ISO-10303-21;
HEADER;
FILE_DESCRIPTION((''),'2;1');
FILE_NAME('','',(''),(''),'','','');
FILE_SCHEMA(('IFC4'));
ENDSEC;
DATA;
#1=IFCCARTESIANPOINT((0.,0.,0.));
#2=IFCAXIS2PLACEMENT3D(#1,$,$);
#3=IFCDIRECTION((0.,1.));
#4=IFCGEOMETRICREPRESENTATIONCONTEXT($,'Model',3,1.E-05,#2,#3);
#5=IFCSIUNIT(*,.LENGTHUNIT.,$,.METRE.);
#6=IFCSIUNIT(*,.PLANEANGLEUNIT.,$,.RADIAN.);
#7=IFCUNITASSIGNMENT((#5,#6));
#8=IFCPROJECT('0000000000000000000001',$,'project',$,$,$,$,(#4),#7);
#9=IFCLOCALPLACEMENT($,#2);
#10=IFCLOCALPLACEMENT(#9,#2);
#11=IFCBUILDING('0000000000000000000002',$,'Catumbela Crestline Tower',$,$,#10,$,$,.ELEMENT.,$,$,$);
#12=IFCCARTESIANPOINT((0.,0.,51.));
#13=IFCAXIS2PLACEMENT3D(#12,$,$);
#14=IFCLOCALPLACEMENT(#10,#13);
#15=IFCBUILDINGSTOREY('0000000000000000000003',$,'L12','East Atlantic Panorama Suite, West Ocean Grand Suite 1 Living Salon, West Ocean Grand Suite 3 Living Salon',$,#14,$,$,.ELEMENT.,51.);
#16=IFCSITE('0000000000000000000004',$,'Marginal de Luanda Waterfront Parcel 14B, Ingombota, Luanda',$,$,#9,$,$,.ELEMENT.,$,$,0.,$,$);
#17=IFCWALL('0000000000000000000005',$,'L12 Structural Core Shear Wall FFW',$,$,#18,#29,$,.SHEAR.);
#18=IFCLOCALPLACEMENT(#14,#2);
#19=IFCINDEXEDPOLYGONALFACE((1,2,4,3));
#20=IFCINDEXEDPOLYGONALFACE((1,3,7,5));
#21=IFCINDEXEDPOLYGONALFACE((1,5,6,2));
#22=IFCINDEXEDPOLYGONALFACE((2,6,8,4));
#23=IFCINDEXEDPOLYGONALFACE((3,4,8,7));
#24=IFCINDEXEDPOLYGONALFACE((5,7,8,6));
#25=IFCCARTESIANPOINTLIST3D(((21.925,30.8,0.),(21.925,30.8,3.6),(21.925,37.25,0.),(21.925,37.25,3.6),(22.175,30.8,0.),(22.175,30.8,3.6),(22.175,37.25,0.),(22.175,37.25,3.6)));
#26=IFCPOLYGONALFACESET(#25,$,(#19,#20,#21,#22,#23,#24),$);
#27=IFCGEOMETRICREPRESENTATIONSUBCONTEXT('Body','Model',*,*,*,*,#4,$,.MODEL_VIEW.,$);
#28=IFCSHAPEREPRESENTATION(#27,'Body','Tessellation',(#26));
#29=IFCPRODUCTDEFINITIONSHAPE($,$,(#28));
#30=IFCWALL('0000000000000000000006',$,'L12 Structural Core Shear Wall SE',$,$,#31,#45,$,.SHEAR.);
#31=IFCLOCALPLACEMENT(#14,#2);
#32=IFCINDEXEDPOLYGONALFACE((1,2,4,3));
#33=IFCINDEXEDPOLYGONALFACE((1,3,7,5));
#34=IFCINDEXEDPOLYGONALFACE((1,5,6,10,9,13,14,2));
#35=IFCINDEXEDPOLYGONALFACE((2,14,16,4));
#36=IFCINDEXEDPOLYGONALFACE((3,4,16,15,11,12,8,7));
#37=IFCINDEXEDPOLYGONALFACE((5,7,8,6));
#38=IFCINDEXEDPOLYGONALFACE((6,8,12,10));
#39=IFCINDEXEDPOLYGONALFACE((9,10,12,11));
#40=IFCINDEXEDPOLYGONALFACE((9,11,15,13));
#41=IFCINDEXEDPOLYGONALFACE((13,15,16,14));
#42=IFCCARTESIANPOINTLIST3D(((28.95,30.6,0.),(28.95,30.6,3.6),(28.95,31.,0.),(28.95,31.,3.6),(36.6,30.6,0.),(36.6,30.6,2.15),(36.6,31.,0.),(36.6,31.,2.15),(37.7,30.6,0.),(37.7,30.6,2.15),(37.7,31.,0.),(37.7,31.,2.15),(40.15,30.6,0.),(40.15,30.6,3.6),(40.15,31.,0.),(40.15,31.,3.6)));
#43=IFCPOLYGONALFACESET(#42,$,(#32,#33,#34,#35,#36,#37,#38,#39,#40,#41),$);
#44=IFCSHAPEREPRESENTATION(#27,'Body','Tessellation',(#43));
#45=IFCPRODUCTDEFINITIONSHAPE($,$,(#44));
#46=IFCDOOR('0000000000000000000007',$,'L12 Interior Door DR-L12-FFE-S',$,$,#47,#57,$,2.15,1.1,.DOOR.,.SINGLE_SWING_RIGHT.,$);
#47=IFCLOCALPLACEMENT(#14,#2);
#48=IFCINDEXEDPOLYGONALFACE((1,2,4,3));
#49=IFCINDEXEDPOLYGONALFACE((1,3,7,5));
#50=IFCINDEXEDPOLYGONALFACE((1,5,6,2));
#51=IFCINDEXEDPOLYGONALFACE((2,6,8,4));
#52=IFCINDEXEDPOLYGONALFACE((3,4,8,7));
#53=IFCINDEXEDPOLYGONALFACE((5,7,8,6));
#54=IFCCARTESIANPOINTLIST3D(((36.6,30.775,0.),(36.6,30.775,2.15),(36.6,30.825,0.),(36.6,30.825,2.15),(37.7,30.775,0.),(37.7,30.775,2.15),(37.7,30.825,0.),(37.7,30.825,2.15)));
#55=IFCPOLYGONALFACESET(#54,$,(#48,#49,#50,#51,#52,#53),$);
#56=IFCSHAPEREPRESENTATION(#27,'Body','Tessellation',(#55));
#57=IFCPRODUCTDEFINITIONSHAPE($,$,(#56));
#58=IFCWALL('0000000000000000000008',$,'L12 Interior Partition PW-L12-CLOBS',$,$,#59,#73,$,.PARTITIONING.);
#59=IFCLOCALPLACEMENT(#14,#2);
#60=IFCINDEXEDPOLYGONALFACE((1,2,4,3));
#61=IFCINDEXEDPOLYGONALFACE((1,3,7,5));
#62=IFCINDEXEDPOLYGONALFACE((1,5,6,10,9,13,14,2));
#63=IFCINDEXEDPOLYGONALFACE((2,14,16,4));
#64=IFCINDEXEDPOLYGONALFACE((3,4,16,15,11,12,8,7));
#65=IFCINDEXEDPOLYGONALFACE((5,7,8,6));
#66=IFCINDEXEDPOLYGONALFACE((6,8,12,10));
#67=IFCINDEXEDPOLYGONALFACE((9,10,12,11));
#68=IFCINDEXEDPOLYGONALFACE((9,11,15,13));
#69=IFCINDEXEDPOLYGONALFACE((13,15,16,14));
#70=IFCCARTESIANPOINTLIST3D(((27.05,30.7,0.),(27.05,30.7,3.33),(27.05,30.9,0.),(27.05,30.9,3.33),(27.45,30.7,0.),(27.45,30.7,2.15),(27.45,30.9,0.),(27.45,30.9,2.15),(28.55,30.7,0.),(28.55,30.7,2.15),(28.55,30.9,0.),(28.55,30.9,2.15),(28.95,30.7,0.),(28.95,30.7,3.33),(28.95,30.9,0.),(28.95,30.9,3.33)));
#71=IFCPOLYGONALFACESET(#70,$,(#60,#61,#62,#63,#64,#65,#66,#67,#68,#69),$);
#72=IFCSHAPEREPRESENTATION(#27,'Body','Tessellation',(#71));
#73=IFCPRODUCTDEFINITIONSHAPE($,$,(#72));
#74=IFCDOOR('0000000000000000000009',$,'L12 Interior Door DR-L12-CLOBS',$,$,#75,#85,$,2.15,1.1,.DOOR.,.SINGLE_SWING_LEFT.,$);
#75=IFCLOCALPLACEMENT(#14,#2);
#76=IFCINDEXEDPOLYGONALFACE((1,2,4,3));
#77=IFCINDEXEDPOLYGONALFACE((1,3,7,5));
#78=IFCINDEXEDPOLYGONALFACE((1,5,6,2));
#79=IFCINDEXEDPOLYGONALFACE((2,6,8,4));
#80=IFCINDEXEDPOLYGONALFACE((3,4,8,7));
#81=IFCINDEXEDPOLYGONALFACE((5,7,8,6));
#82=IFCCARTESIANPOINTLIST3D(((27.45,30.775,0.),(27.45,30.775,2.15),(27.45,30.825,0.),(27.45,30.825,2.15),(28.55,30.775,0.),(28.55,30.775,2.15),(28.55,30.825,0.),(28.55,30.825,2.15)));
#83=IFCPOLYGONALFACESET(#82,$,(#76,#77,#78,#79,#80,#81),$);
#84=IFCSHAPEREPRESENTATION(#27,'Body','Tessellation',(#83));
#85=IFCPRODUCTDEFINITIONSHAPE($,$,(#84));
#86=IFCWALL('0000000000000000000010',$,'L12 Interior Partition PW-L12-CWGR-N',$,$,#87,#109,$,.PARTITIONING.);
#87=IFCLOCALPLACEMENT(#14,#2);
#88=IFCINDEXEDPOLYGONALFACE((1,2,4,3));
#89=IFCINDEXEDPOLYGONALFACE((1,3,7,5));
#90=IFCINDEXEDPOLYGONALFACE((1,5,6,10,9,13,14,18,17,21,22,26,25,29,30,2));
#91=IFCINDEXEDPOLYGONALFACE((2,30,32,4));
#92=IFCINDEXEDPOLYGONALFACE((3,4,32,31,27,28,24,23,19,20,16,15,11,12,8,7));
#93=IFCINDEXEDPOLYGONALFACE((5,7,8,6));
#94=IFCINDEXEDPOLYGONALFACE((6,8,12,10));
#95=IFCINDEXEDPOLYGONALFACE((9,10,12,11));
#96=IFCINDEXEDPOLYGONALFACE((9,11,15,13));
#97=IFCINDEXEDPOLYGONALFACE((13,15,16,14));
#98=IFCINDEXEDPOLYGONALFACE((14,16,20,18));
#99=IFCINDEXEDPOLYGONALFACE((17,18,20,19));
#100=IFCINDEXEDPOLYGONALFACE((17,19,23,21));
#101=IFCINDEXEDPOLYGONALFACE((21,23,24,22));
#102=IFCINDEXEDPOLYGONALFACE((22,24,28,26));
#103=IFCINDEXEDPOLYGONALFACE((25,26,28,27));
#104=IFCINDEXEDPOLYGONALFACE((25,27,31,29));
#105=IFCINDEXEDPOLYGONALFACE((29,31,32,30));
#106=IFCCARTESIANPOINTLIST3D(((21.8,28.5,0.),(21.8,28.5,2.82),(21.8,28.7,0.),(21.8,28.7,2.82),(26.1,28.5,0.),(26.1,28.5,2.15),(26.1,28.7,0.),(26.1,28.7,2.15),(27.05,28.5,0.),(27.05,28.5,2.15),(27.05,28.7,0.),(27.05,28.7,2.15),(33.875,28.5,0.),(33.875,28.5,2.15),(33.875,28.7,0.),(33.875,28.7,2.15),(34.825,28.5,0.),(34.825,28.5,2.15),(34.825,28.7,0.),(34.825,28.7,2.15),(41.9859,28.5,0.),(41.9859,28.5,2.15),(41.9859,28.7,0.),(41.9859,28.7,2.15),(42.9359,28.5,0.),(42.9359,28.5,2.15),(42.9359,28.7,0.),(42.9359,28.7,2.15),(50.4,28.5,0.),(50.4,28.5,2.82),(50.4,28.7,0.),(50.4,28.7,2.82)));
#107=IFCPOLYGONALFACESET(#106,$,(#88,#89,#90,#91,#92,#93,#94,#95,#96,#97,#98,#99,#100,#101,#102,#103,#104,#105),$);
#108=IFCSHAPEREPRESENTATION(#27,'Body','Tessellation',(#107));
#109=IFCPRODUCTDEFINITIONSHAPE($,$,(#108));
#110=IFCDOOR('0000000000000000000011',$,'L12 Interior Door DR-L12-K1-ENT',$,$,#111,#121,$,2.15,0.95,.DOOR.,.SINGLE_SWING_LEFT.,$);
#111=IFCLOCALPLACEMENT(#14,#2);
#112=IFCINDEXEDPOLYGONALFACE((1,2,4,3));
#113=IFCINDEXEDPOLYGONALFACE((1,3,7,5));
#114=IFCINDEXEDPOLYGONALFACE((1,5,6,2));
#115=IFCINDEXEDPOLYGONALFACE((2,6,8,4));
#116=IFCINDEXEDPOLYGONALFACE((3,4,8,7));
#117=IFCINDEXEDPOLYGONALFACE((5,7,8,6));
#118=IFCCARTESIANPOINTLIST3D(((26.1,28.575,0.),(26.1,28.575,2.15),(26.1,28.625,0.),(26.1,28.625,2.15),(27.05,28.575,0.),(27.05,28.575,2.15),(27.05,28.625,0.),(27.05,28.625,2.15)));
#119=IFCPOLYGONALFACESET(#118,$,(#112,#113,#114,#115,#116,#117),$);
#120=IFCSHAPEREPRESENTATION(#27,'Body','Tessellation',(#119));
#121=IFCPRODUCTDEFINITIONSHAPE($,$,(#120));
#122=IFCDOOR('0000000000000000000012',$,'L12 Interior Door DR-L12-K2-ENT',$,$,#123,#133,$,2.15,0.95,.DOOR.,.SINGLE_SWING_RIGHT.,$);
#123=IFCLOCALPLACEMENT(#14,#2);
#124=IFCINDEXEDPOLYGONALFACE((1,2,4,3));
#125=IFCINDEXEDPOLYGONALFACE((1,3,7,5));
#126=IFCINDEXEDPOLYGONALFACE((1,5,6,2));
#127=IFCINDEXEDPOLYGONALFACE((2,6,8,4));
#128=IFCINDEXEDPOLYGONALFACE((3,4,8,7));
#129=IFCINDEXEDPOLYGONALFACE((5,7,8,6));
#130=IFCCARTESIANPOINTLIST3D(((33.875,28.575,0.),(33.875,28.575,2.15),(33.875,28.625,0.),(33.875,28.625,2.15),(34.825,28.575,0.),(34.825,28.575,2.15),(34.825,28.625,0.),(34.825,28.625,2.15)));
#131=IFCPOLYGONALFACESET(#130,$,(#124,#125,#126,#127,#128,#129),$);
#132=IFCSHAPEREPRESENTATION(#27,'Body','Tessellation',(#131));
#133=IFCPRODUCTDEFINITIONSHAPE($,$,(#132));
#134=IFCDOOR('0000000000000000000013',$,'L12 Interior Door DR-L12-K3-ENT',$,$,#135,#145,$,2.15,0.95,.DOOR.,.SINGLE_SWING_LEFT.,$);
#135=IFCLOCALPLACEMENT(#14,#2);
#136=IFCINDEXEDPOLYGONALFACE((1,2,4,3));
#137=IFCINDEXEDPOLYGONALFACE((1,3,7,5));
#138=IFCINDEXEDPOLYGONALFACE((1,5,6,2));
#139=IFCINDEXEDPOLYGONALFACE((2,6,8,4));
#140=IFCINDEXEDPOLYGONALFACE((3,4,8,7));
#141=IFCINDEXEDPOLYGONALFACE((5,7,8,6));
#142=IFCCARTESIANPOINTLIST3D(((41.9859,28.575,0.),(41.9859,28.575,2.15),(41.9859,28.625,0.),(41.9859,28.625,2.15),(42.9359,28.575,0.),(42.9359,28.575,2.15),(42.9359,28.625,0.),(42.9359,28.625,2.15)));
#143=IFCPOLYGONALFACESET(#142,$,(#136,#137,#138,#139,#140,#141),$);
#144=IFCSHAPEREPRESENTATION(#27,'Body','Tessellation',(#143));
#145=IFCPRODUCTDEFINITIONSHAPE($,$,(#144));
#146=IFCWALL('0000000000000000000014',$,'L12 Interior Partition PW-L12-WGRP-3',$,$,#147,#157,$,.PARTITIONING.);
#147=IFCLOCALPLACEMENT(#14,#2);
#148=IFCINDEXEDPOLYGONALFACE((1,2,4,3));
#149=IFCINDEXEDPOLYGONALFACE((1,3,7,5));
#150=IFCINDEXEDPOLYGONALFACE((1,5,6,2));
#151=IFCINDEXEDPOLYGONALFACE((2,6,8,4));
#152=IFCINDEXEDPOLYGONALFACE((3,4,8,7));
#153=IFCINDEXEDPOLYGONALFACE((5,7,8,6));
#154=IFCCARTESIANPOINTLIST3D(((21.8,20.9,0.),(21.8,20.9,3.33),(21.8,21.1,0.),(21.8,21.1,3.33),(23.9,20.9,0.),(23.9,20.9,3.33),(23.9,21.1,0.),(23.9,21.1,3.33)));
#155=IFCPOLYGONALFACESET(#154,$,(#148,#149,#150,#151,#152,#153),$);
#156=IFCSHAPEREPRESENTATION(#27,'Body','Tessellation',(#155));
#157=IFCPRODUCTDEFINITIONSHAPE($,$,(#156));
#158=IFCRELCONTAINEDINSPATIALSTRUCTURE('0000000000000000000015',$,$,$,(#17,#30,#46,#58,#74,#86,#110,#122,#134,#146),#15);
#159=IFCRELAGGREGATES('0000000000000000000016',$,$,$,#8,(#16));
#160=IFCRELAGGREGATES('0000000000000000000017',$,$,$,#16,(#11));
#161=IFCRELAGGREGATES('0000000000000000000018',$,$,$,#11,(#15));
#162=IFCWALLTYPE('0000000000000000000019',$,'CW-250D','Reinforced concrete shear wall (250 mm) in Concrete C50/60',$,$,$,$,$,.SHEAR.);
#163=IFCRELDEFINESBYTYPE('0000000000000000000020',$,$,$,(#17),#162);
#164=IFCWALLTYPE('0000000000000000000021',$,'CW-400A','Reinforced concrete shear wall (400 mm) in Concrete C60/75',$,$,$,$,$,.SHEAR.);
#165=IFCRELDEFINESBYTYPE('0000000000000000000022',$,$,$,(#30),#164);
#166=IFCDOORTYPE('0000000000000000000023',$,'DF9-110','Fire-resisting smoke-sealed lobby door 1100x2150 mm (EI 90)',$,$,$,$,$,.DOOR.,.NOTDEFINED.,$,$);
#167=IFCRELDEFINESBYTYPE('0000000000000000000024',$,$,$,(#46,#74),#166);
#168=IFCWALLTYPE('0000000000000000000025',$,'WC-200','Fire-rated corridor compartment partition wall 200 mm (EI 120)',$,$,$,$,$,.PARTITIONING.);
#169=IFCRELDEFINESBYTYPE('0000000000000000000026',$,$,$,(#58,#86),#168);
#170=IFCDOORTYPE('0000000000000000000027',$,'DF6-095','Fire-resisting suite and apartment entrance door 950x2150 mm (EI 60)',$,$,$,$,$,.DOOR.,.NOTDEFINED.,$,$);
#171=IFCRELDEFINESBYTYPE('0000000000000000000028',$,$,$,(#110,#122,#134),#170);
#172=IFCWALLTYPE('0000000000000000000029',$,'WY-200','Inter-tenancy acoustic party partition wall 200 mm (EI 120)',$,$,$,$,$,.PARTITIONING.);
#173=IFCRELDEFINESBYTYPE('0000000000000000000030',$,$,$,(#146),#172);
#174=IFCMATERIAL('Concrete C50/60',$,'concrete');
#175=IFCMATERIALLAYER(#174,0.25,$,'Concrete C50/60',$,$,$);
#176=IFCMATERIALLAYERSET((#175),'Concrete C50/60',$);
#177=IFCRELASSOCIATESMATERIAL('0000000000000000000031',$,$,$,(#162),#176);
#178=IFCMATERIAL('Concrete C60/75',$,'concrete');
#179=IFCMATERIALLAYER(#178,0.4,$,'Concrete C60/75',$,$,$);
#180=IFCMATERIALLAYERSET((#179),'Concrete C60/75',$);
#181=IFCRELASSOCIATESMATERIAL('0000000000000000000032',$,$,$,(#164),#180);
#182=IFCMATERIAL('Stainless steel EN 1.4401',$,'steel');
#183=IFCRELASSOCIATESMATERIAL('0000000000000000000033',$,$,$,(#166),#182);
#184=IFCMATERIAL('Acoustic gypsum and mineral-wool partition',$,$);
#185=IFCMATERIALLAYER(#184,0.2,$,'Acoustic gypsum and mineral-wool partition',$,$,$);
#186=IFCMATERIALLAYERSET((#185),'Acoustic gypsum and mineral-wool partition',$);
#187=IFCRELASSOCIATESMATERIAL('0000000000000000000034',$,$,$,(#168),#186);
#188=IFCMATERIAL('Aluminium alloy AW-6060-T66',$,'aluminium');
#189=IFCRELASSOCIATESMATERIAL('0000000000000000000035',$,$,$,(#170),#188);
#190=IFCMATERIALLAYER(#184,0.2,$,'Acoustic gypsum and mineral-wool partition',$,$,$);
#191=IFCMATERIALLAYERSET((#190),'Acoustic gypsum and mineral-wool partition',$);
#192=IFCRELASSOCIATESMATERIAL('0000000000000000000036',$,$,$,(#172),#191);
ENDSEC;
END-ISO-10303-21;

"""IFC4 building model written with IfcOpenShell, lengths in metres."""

from ifc_helpers import new_model, si_unit, direction, frame, frame_2d, origin, place, context, subcontext, project, spatial, rectangle, extrude, material, layer, layer_set, type_object, element, fill, save


model = new_model("IFC4")

# Units and contexts
model_context = context("Model", 3, precision=1e-05, world=origin(), true_north=direction((0.0, 1.0)))
body_context = subcontext(model_context, "Body", "Model", "MODEL_VIEW")
ifc_project = project(units=[si_unit("LENGTHUNIT", "METRE"), si_unit("PLANEANGLEUNIT", "RADIAN")], contexts=[model_context])

# Site, building, storey
site_placement = place(None, origin())
site = spatial("IfcSite", under=ifc_project, at=site_placement, Name="Marginal de Luanda Waterfront Parcel 14B, Ingombota, Luanda", CompositionType="ELEMENT", RefElevation=0.0)
building_placement = place(site_placement, origin())
building = spatial("IfcBuilding", under=site, at=building_placement, Name="Catumbela Crestline Tower", CompositionType="ELEMENT")
storey_placement = place(building_placement, frame((0.0, 0.0, 51.0)))
storey = spatial("IfcBuildingStorey", under=building, at=storey_placement, Name="L12", Description="East Atlantic Panorama Suite, West Ocean Grand Suite 1 Living Salon, West Ocean Grand Suite 3 Living Salon", CompositionType="ELEMENT", Elevation=51.0)

# Shared definitions
ifc_material_1 = material(Name="Concrete C60/75", Category="concrete")

# Shared definitions
ifc_material_2 = material(Name="Aluminium alloy AW-6060-T66", Category="aluminium")

# Wall
ifc_material_3 = material(Name="Concrete C50/60", Category="concrete")
ifc_layer_1 = layer(ifc_material_3, 0.25, Name="Concrete C50/60")
ifc_layer_set_1 = layer_set([ifc_layer_1], Name="Concrete C50/60")
wall_type_1 = type_object("IfcWallType", Name="CW-250D", Description="Reinforced concrete shear wall (250 mm) in Concrete C50/60", PredefinedType="SHEAR", material=ifc_layer_set_1)
wall_1_placement = place(storey_placement, frame((22.05, 30.8, 0.0), z_axis=(0.0, 0.0, 1.0), x_axis=(0.0, 1.0, 0.0)))
element("IfcWall", 1, at=wall_1_placement, inside=storey, type_object=wall_type_1, Name="L12 Structural Core Shear Wall FFW", PredefinedType="SHEAR", context=body_context, shape_type="SweptSolid", body=[
    extrude(rectangle(XDim=6.45, YDim=0.25, at=frame_2d((3.225, 0.0))), origin(), (0.0, 0.0, 1.0), 3.6),
])

# Walls, openings, doors
ifc_layer_2 = layer(ifc_material_1, 0.4, Name="Concrete C60/75")
ifc_layer_set_2 = layer_set([ifc_layer_2], Name="Concrete C60/75")
wall_type_2 = type_object("IfcWallType", Name="CW-400A", Description="Reinforced concrete shear wall (400 mm) in Concrete C60/75", PredefinedType="SHEAR", material=ifc_layer_set_2)
wall_2_placement = place(storey_placement, frame((28.95, 30.8, 0.0), z_axis=(0.0, 0.0, 1.0), x_axis=(1.0, 0.0, 0.0)))
wall_2 = element("IfcWall", 2, at=wall_2_placement, inside=storey, type_object=wall_type_2, Name="L12 Structural Core Shear Wall SE", PredefinedType="SHEAR", context=body_context, shape_type="SweptSolid", body=[
    extrude(rectangle(XDim=11.2, YDim=0.4, at=frame_2d((5.6, 0.0))), origin(), (0.0, 0.0, 1.0), 3.6),
])
opening_1_placement = place(wall_2_placement, frame((7.65, 0.0, 0.0)))
opening_1 = element("IfcOpeningElement", 3, at=opening_1_placement, cuts=wall_2, PredefinedType="OPENING", context=body_context, shape_type="SweptSolid", body=[
    extrude(rectangle(XDim=1.1, YDim=2.15, at=frame_2d((0.55, 1.075))), frame((0.0, 0.21, 0.0), z_axis=(0.0, -1.0, 0.0), x_axis=(1.0, 0.0, 0.0)), (0.0, 0.0, 1.0), 0.42),
])
ifc_material_4 = material(Name="Stainless steel EN 1.4401", Category="steel")
door_type_1 = type_object("IfcDoorType", Name="DF9-110", Description="Fire-resisting smoke-sealed lobby door 1100x2150 mm (EI 90)", OperationType="NOTDEFINED", PredefinedType="DOOR", material=ifc_material_4)
door_1_placement = place(opening_1_placement, origin())
door_1 = element("IfcDoor", 4, at=door_1_placement, inside=storey, type_object=door_type_1, Name="L12 Interior Door DR-L12-FFE-S", OperationType="SINGLE_SWING_RIGHT", OverallHeight=2.15, OverallWidth=1.1, PredefinedType="DOOR", context=body_context, shape_type="SweptSolid", body=[
    extrude(rectangle(XDim=1.1, YDim=2.15, at=frame_2d((0.55, 1.075))), frame((0.0, 0.025, 0.0), z_axis=(0.0, -1.0, 0.0), x_axis=(1.0, 0.0, 0.0)), (0.0, 0.0, 1.0), 0.05),
])
fill(opening_1, door_1)
ifc_material_5 = material(Name="Acoustic gypsum and mineral-wool partition")
ifc_layer_3 = layer(ifc_material_5, 0.2, Name="Acoustic gypsum and mineral-wool partition")
ifc_layer_set_3 = layer_set([ifc_layer_3], Name="Acoustic gypsum and mineral-wool partition")
wall_type_3 = type_object("IfcWallType", Name="WC-200", Description="Fire-rated corridor compartment partition wall 200 mm (EI 120)", PredefinedType="PARTITIONING", material=ifc_layer_set_3)
wall_3_placement = place(storey_placement, frame((27.05, 30.8, 0.0), z_axis=(0.0, 0.0, 1.0), x_axis=(1.0, 0.0, 0.0)))
wall_3 = element("IfcWall", 5, at=wall_3_placement, inside=storey, type_object=wall_type_3, Name="L12 Interior Partition PW-L12-CLOBS", PredefinedType="PARTITIONING", context=body_context, shape_type="SweptSolid", body=[
    extrude(rectangle(XDim=1.9, YDim=0.2, at=frame_2d((0.95, 0.0))), origin(), (0.0, 0.0, 1.0), 3.33),
])
opening_2_placement = place(wall_3_placement, frame((0.4, 0.0, 0.0)))
opening_2 = element("IfcOpeningElement", 6, at=opening_2_placement, cuts=wall_3, PredefinedType="OPENING", context=body_context, shape_type="SweptSolid", body=[
    extrude(rectangle(XDim=1.1, YDim=2.15, at=frame_2d((0.55, 1.075))), frame((0.0, 0.11, 0.0), z_axis=(0.0, -1.0, 0.0), x_axis=(1.0, 0.0, 0.0)), (0.0, 0.0, 1.0), 0.22),
])
door_2_placement = place(opening_2_placement, origin())
door_2 = element("IfcDoor", 7, at=door_2_placement, inside=storey, type_object=door_type_1, Name="L12 Interior Door DR-L12-CLOBS", OperationType="SINGLE_SWING_LEFT", OverallHeight=2.15, OverallWidth=1.1, PredefinedType="DOOR", context=body_context, shape_type="SweptSolid", body=[
    extrude(rectangle(XDim=1.1, YDim=2.15, at=frame_2d((0.55, 1.075))), frame((0.0, 0.025, 0.0), z_axis=(0.0, -1.0, 0.0), x_axis=(1.0, 0.0, 0.0)), (0.0, 0.0, 1.0), 0.05),
])
fill(opening_2, door_2)

# Wall, openings, doors
wall_4_placement = place(storey_placement, frame((21.8, 28.6, 0.0), z_axis=(0.0, 0.0, 1.0), x_axis=(1.0, 0.0, 0.0)))
wall_4 = element("IfcWall", 8, at=wall_4_placement, inside=storey, type_object=wall_type_3, Name="L12 Interior Partition PW-L12-CWGR-N", PredefinedType="PARTITIONING", context=body_context, shape_type="SweptSolid", body=[
    extrude(rectangle(XDim=28.6, YDim=0.2, at=frame_2d((14.3, 0.0))), origin(), (0.0, 0.0, 1.0), 2.82),
])
opening_3_placement = place(wall_4_placement, frame((4.3, 0.0, 0.0)))
opening_3 = element("IfcOpeningElement", 9, at=opening_3_placement, cuts=wall_4, PredefinedType="OPENING", context=body_context, shape_type="SweptSolid", body=[
    extrude(rectangle(XDim=0.95, YDim=2.15, at=frame_2d((0.475, 1.075))), frame((0.0, 0.11, 0.0), z_axis=(0.0, -1.0, 0.0), x_axis=(1.0, 0.0, 0.0)), (0.0, 0.0, 1.0), 0.22),
])
opening_4_placement = place(wall_4_placement, frame((12.075, 0.0, 0.0)))
opening_4 = element("IfcOpeningElement", 10, at=opening_4_placement, cuts=wall_4, PredefinedType="OPENING", context=body_context, shape_type="SweptSolid", body=[
    extrude(rectangle(XDim=0.95, YDim=2.15, at=frame_2d((0.475, 1.075))), frame((0.0, 0.11, 0.0), z_axis=(0.0, -1.0, 0.0), x_axis=(1.0, 0.0, 0.0)), (0.0, 0.0, 1.0), 0.22),
])
opening_5_placement = place(wall_4_placement, frame((20.1859, 0.0, 0.0)))
opening_5 = element("IfcOpeningElement", 11, at=opening_5_placement, cuts=wall_4, PredefinedType="OPENING", context=body_context, shape_type="SweptSolid", body=[
    extrude(rectangle(XDim=0.95, YDim=2.15, at=frame_2d((0.475, 1.075))), frame((0.0, 0.11, 0.0), z_axis=(0.0, -1.0, 0.0), x_axis=(1.0, 0.0, 0.0)), (0.0, 0.0, 1.0), 0.22),
])
door_type_2 = type_object("IfcDoorType", Name="DF6-095", Description="Fire-resisting suite and apartment entrance door 950x2150 mm (EI 60)", OperationType="NOTDEFINED", PredefinedType="DOOR", material=ifc_material_2)
door_3_placement = place(opening_3_placement, origin())
door_3 = element("IfcDoor", 12, at=door_3_placement, inside=storey, type_object=door_type_2, Name="L12 Interior Door DR-L12-K1-ENT", OperationType="SINGLE_SWING_LEFT", OverallHeight=2.15, OverallWidth=0.95, PredefinedType="DOOR", context=body_context, shape_type="SweptSolid", body=[
    extrude(rectangle(XDim=0.95, YDim=2.15, at=frame_2d((0.475, 1.075))), frame((0.0, 0.025, 0.0), z_axis=(0.0, -1.0, 0.0), x_axis=(1.0, 0.0, 0.0)), (0.0, 0.0, 1.0), 0.05),
])
fill(opening_3, door_3)
door_4_placement = place(opening_4_placement, origin())
door_4 = element("IfcDoor", 13, at=door_4_placement, inside=storey, type_object=door_type_2, Name="L12 Interior Door DR-L12-K2-ENT", OperationType="SINGLE_SWING_RIGHT", OverallHeight=2.15, OverallWidth=0.95, PredefinedType="DOOR", context=body_context, shape_type="SweptSolid", body=[
    extrude(rectangle(XDim=0.95, YDim=2.15, at=frame_2d((0.475, 1.075))), frame((0.0, 0.025, 0.0), z_axis=(0.0, -1.0, 0.0), x_axis=(1.0, 0.0, 0.0)), (0.0, 0.0, 1.0), 0.05),
])
fill(opening_4, door_4)
door_5_placement = place(opening_5_placement, origin())
door_5 = element("IfcDoor", 14, at=door_5_placement, inside=storey, type_object=door_type_2, Name="L12 Interior Door DR-L12-K3-ENT", OperationType="SINGLE_SWING_LEFT", OverallHeight=2.15, OverallWidth=0.95, PredefinedType="DOOR", context=body_context, shape_type="SweptSolid", body=[
    extrude(rectangle(XDim=0.95, YDim=2.15, at=frame_2d((0.475, 1.075))), frame((0.0, 0.025, 0.0), z_axis=(0.0, -1.0, 0.0), x_axis=(1.0, 0.0, 0.0)), (0.0, 0.0, 1.0), 0.05),
])
fill(opening_5, door_5)

# Wall
ifc_layer_4 = layer(ifc_material_5, 0.2, Name="Acoustic gypsum and mineral-wool partition")
ifc_layer_set_4 = layer_set([ifc_layer_4], Name="Acoustic gypsum and mineral-wool partition")
wall_type_4 = type_object("IfcWallType", Name="WY-200", Description="Inter-tenancy acoustic party partition wall 200 mm (EI 120)", PredefinedType="PARTITIONING", material=ifc_layer_set_4)
wall_5_placement = place(storey_placement, frame((21.8, 21.0, 0.0), z_axis=(0.0, 0.0, 1.0), x_axis=(1.0, 0.0, 0.0)))
element("IfcWall", 15, at=wall_5_placement, inside=storey, type_object=wall_type_4, Name="L12 Interior Partition PW-L12-WGRP-3", PredefinedType="PARTITIONING", context=body_context, shape_type="SweptSolid", body=[
    extrude(rectangle(XDim=2.1, YDim=0.2, at=frame_2d((1.05, 0.0))), origin(), (0.0, 0.0, 1.0), 3.33),
])

save(model, "model.ifc")
